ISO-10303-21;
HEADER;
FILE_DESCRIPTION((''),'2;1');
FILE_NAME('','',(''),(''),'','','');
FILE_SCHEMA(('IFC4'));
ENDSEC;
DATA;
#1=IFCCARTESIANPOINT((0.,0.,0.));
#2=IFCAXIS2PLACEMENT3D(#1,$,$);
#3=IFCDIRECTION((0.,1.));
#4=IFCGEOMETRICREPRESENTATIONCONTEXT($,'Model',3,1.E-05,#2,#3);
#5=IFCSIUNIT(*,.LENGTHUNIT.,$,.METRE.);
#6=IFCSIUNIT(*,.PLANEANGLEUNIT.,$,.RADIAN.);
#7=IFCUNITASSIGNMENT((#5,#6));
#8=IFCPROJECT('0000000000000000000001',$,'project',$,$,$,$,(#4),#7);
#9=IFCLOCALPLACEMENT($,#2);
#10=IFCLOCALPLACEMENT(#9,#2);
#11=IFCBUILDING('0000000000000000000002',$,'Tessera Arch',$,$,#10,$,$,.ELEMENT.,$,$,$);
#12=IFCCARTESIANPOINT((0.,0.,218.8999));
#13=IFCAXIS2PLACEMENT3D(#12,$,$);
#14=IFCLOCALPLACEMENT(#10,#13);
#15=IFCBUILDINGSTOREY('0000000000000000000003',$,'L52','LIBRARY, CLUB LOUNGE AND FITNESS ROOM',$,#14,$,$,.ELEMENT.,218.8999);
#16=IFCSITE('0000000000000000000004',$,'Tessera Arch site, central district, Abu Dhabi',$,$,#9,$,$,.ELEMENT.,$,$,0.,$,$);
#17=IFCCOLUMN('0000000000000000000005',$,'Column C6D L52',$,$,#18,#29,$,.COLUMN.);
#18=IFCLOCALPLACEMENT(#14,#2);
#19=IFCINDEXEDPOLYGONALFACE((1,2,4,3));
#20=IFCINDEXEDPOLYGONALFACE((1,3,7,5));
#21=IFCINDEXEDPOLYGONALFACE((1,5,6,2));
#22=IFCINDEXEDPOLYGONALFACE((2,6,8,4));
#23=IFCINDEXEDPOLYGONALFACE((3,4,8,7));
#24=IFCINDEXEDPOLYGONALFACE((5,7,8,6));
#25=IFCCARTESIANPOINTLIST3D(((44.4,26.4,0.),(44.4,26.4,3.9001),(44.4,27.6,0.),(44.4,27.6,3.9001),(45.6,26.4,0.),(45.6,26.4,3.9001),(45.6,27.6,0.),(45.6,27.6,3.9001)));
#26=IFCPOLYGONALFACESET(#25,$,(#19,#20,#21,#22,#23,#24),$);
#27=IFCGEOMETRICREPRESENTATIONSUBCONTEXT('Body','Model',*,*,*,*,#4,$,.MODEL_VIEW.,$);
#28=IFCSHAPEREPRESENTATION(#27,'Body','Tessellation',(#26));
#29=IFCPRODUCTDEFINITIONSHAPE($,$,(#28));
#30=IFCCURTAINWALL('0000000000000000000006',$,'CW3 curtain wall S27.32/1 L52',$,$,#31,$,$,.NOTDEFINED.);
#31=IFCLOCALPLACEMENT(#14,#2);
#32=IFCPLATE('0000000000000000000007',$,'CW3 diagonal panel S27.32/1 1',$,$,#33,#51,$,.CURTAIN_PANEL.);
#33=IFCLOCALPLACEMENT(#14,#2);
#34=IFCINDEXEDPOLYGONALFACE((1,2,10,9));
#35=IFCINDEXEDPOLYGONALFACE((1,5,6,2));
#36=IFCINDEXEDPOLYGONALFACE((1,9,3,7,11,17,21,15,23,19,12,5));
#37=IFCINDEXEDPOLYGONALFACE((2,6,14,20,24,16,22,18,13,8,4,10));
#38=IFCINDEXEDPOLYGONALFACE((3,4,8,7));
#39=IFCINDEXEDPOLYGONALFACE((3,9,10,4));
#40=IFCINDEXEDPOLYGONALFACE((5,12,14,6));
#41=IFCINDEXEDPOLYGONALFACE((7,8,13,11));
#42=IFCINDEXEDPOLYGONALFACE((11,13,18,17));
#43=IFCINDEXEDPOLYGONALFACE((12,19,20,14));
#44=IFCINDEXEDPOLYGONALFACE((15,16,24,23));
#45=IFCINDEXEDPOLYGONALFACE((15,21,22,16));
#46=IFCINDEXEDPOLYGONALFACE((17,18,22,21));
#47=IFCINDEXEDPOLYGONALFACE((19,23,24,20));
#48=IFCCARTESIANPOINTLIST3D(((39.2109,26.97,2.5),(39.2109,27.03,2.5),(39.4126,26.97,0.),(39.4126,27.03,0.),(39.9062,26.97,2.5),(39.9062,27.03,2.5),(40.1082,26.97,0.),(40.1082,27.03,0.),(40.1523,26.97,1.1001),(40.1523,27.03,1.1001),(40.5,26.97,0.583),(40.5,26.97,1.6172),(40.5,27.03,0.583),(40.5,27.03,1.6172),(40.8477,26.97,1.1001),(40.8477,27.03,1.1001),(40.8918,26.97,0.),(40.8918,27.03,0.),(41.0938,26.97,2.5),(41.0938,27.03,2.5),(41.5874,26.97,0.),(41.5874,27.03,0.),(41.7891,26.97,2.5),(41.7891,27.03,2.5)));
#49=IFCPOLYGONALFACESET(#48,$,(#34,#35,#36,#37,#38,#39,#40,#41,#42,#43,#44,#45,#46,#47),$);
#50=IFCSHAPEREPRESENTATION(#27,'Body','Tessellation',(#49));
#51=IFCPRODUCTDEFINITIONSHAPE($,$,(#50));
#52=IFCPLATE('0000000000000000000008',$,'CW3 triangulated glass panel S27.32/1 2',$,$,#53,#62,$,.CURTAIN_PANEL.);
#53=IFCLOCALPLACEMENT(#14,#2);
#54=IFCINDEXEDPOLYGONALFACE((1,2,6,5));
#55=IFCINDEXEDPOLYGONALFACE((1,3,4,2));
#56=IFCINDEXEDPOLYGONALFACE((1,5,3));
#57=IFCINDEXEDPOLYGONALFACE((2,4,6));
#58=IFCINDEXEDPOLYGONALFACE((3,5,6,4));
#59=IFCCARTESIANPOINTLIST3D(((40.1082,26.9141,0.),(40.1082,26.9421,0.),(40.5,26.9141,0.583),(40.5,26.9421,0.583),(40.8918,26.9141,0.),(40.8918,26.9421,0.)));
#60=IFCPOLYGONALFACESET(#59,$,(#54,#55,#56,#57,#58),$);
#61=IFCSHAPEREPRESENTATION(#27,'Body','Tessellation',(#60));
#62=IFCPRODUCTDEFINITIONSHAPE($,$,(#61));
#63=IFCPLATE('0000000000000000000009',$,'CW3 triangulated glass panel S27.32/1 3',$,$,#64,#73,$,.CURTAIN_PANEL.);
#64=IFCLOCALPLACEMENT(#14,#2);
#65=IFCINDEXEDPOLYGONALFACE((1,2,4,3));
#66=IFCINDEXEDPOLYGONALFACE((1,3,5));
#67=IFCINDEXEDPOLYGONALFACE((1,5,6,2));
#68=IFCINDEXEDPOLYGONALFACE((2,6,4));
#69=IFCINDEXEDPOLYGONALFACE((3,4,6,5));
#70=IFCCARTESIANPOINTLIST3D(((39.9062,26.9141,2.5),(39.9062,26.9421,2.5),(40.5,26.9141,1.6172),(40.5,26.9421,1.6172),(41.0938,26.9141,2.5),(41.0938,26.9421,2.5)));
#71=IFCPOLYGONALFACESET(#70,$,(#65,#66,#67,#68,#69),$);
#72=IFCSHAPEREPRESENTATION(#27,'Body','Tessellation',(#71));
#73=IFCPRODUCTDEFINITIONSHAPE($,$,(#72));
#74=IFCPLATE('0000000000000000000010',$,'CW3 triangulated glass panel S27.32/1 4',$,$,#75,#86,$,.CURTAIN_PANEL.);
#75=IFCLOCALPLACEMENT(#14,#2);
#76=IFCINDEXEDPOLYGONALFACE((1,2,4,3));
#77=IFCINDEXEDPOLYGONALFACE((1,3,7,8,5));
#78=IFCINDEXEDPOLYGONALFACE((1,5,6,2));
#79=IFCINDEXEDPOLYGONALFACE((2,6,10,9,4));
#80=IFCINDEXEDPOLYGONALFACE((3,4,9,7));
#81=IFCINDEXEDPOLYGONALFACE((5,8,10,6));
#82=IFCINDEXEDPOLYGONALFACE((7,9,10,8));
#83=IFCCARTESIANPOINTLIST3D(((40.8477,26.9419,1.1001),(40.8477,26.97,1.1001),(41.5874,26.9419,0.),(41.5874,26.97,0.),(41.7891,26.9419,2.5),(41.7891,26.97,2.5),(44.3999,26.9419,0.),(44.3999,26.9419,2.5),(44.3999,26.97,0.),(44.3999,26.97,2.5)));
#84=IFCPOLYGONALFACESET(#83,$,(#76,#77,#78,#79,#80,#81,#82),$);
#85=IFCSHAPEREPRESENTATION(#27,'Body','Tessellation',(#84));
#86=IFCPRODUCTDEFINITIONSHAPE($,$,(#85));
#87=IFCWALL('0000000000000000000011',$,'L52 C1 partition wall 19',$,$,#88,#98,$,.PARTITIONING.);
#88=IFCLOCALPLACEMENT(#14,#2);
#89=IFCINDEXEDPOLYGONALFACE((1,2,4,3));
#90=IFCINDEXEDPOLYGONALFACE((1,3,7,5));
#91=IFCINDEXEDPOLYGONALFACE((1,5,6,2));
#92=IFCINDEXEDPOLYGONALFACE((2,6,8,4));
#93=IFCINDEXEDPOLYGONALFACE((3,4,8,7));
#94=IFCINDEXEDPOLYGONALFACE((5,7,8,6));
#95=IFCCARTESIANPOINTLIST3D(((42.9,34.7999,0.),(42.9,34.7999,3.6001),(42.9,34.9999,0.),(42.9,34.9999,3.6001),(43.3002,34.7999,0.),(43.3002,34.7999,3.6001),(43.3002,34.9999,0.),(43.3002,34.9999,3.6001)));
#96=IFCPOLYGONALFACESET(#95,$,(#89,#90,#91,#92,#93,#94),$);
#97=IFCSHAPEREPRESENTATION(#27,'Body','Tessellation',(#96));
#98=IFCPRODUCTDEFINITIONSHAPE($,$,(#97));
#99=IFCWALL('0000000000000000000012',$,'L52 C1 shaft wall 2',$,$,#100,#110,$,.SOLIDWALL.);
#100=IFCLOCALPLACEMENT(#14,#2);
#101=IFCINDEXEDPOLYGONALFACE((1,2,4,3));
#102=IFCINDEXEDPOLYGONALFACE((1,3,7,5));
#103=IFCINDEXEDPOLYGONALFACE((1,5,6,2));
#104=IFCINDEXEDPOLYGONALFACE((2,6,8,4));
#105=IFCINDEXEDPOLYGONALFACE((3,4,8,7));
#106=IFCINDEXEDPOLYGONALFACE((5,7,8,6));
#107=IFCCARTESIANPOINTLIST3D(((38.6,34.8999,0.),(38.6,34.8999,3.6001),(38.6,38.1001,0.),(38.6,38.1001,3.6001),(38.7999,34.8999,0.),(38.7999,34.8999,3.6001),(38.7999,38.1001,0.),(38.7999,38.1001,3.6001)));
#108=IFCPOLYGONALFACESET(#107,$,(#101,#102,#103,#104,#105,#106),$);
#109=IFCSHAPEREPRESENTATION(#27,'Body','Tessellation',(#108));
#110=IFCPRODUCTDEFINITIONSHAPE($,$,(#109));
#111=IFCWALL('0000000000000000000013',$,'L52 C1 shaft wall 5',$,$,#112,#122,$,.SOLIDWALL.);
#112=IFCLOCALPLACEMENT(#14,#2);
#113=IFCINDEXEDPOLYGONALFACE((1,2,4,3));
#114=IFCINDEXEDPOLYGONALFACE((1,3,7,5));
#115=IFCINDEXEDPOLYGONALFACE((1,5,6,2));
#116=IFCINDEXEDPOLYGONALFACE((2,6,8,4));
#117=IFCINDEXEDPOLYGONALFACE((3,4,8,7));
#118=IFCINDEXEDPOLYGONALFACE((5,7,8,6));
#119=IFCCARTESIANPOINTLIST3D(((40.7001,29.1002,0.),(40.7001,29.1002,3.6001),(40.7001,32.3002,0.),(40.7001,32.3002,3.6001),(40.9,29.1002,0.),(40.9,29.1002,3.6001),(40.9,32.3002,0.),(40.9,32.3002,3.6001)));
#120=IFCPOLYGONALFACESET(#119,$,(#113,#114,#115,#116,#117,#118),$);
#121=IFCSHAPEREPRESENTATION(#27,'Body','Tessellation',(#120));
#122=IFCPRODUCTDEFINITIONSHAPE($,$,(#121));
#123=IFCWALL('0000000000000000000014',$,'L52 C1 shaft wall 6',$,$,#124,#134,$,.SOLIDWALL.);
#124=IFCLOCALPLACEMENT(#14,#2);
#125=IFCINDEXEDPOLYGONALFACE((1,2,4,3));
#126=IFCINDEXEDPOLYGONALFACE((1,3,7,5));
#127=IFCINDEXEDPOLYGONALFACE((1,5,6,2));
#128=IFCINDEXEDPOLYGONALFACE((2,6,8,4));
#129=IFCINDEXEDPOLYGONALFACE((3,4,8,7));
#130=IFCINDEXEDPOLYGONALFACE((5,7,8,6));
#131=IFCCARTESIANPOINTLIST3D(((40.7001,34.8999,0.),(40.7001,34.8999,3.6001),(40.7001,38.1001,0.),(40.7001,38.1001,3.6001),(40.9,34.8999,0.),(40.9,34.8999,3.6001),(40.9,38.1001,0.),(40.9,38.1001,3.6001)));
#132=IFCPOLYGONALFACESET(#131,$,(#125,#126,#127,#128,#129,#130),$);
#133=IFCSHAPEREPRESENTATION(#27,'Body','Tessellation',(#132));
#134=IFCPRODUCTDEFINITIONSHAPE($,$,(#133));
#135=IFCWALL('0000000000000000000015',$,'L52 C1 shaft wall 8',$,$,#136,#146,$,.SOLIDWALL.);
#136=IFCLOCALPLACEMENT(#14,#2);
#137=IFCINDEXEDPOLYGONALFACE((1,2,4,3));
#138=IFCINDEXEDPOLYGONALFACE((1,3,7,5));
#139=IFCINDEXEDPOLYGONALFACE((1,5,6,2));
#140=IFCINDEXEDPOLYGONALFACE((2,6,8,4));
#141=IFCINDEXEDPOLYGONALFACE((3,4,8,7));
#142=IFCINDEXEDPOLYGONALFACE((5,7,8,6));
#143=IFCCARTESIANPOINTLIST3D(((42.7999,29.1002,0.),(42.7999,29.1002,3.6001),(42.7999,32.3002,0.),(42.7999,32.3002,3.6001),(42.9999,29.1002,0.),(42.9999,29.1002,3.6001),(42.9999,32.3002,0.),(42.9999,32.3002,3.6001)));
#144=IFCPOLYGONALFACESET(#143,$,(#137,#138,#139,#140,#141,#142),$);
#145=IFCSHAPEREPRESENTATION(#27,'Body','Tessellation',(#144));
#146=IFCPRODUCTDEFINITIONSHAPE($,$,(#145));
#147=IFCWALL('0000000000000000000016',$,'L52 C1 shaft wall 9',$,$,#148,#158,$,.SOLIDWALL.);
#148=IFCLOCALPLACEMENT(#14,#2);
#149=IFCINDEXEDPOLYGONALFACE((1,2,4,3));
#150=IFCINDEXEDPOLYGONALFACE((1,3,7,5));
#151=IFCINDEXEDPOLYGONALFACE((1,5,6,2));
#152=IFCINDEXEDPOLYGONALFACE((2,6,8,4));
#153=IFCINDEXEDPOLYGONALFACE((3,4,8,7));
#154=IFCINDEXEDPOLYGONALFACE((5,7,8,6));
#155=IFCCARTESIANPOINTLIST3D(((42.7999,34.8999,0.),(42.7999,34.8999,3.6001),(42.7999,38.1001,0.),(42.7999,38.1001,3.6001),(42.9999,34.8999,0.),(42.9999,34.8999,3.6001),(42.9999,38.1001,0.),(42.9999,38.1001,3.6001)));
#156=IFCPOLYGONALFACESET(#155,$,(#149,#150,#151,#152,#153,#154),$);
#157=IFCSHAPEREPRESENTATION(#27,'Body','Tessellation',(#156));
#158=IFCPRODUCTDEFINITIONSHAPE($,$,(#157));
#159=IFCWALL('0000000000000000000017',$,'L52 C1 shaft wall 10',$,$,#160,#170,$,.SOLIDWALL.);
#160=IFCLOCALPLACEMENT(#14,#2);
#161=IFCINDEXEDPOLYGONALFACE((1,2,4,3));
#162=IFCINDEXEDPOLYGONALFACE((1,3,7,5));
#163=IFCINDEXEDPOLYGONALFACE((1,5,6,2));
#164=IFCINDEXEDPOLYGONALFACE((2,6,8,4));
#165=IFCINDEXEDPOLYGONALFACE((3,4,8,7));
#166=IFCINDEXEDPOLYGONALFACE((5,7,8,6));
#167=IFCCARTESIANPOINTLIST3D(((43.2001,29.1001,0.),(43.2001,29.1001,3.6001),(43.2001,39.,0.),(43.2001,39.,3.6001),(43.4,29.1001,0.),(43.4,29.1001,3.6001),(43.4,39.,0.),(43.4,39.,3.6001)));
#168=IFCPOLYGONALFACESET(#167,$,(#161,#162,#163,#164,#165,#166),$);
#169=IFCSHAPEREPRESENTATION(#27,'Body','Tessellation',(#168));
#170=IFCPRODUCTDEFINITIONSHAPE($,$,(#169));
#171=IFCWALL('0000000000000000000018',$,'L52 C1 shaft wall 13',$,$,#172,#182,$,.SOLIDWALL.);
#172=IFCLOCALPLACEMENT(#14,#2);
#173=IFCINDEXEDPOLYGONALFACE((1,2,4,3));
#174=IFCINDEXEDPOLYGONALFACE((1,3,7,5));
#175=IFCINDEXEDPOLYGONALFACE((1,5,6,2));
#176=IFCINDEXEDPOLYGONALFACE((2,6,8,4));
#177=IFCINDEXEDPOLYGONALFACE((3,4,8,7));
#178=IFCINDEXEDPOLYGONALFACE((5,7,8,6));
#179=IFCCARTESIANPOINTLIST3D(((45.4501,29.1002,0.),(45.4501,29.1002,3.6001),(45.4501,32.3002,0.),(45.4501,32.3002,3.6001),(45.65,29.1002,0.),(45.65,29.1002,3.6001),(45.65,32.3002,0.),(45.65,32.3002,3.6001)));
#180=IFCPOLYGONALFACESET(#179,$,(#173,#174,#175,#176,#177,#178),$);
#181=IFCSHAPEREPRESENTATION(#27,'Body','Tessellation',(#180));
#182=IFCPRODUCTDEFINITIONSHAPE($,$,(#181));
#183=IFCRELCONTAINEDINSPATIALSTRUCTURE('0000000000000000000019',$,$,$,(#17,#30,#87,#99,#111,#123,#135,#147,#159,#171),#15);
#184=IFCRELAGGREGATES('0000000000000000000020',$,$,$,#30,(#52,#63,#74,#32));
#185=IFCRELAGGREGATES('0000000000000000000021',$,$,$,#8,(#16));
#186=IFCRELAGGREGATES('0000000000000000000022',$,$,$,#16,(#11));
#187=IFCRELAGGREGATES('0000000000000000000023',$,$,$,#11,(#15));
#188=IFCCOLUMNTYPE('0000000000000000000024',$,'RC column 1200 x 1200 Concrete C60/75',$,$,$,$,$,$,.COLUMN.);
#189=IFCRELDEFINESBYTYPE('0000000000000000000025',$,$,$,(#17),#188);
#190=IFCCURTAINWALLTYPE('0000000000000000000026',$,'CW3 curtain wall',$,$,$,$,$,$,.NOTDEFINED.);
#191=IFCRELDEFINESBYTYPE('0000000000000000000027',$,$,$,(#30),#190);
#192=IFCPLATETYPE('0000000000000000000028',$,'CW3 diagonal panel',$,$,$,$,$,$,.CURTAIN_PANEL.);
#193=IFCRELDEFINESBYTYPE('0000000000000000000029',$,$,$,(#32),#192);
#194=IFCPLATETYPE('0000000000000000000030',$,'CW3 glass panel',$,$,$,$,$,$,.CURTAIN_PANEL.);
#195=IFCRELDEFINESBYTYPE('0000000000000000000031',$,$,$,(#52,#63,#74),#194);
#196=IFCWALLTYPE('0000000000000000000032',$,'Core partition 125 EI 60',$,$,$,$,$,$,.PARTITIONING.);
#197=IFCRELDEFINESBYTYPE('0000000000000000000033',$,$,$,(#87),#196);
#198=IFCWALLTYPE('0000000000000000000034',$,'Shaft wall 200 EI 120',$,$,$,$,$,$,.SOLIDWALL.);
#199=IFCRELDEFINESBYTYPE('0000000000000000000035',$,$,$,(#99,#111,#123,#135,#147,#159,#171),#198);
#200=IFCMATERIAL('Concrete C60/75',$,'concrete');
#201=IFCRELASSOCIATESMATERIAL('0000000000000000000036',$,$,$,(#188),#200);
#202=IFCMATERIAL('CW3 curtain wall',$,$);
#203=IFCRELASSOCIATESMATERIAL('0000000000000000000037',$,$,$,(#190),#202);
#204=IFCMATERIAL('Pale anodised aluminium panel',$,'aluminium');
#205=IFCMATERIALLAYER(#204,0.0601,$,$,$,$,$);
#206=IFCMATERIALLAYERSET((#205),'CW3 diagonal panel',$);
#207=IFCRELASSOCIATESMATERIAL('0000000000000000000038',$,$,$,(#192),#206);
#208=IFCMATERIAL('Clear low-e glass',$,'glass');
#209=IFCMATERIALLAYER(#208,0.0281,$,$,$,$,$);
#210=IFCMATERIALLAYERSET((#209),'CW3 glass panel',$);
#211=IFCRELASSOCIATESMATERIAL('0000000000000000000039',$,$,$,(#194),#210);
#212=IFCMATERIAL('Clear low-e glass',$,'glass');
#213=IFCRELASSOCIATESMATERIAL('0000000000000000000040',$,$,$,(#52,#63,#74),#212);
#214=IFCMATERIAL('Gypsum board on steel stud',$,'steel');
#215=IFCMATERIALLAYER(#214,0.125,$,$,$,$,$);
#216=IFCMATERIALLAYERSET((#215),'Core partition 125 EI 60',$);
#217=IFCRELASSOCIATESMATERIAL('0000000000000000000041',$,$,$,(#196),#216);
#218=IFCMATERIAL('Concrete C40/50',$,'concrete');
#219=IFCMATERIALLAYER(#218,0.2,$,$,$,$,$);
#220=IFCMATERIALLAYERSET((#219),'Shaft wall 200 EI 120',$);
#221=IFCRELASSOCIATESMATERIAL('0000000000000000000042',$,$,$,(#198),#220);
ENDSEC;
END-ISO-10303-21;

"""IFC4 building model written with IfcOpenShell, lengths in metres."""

from ifc_helpers import new_model, si_unit, direction, frame, frame_2d, origin, origin_2d, place, context, subcontext, project, spatial, polyline, rectangle, outline, extrude, material, layer, layer_set, material_profile, profile_set, type_object, element, aggregate, save


model = new_model("IFC4")

# Units and contexts
model_context = context("Model", 3, precision=1e-05, world=origin(), true_north=direction((0.0, 1.0)))
body_context = subcontext(model_context, "Body", "Model", "MODEL_VIEW")
ifc_project = project(units=[si_unit("LENGTHUNIT", "METRE"), si_unit("PLANEANGLEUNIT", "RADIAN")], contexts=[model_context])

# Site, building, storey
site_placement = place(None, origin())
site = spatial("IfcSite", under=ifc_project, at=site_placement, Name="Tessera Arch site, central district, Abu Dhabi", CompositionType="ELEMENT", RefElevation=0.0)
building_placement = place(site_placement, origin())
building = spatial("IfcBuilding", under=site, at=building_placement, Name="Tessera Arch", CompositionType="ELEMENT")
storey_placement = place(building_placement, frame((0.0, 0.0, 218.8999)))
storey = spatial("IfcBuildingStorey", under=building, at=storey_placement, Name="L52", Description="LIBRARY, CLUB LOUNGE AND FITNESS ROOM", CompositionType="ELEMENT", Elevation=218.8999)

# Column
ifc_material_1 = material(Name="Concrete C60/75", Category="concrete")
ifc_material_profile = material_profile(ifc_material_1, rectangle(XDim=1.2, YDim=1.2, at=origin_2d()), Name="RC column 1200 x 1200 Concrete C60/75")
ifc_profile_set = profile_set([ifc_material_profile], Name="Concrete C60/75")
column_type = type_object("IfcColumnType", Name="RC column 1200 x 1200 Concrete C60/75", PredefinedType="COLUMN", material=ifc_profile_set)
column_placement = place(storey_placement, frame((45.0, 27.0, 0.0), z_axis=(0.0, 0.0, 1.0), x_axis=(1.0, 0.0, 0.0)))
element("IfcColumn", 1, at=column_placement, inside=storey, type_object=column_type, Name="Column C6D L52", PredefinedType="COLUMN", context=body_context, shape_type="SweptSolid", body=[
    extrude(rectangle(XDim=1.2, YDim=1.2, at=origin_2d()), origin(), (0.0, 0.0, 1.0), 3.9001),
])

# Curtain wall, plates
ifc_material_2 = material(Name="CW3 curtain wall")
curtain_wall_type = type_object("IfcCurtainWallType", Name="CW3 curtain wall", PredefinedType="NOTDEFINED", material=ifc_material_2)
curtain_wall_placement = place(storey_placement, origin())
curtain_wall = element("IfcCurtainWall", 2, at=curtain_wall_placement, inside=storey, type_object=curtain_wall_type, Name="CW3 curtain wall S27.32/1 L52", PredefinedType="NOTDEFINED")
ifc_material_3 = material(Name="Pale anodised aluminium panel", Category="aluminium")
ifc_layer_1 = layer(ifc_material_3, 0.0601)
ifc_layer_set_1 = layer_set([ifc_layer_1], Name="CW3 diagonal panel")
plate_type_1 = type_object("IfcPlateType", Name="CW3 diagonal panel", PredefinedType="CURTAIN_PANEL", material=ifc_layer_set_1)
plate_1_placement = place(storey_placement, frame((41.7891, 26.97, 2.5), z_axis=(0.0, -1.0, 0.0), x_axis=(-1.0, 0.0, 0.0)))
plate_1 = element("IfcPlate", 3, at=plate_1_placement, type_object=plate_type_1, Name="CW3 diagonal panel S27.32/1 1", PredefinedType="CURTAIN_PANEL", context=body_context, shape_type="SweptSolid", body=[
    extrude(outline(polyline([(0.0, 0.0), (0.6953, 0.0), (1.2891, 0.8828), (1.8828, 0.0), (2.5781, 0.0), (1.6367, 1.3999), (2.3765, 2.5), (1.6809, 2.5), (1.2891, 1.917), (0.8972, 2.5), (0.2017, 2.5), (0.9414, 1.3999), (0.0, 0.0)])), origin(), (0.0, 0.0, -1.0), 0.0601),
])
ifc_material_4 = material(Name="Clear low-e glass", Category="glass")
ifc_material_5 = material(Name="Clear low-e glass", Category="glass")
ifc_layer_2 = layer(ifc_material_5, 0.0281)
ifc_layer_set_2 = layer_set([ifc_layer_2], Name="CW3 glass panel")
plate_type_2 = type_object("IfcPlateType", Name="CW3 glass panel", PredefinedType="CURTAIN_PANEL", material=ifc_layer_set_2)
plate_2_placement = place(storey_placement, frame((40.1082, 26.9141, 0.0), z_axis=(0.0, -1.0, 0.0), x_axis=(1.0, 0.0, 0.0)))
plate_2 = element("IfcPlate", 4, at=plate_2_placement, type_object=plate_type_2, material=ifc_material_4, Name="CW3 triangulated glass panel S27.32/1 2", PredefinedType="CURTAIN_PANEL", context=body_context, shape_type="SweptSolid", body=[
    extrude(outline(polyline([(0.0, 0.0), (0.7837, 0.0), (0.3918, 0.583), (0.0, 0.0)])), origin(), (0.0, 0.0, -1.0), 0.0281),
])
plate_3_placement = place(storey_placement, frame((41.0938, 26.9141, 2.5), z_axis=(0.0, -1.0, 0.0), x_axis=(-1.0, 0.0, 0.0)))
plate_3 = element("IfcPlate", 5, at=plate_3_placement, type_object=plate_type_2, material=ifc_material_4, Name="CW3 triangulated glass panel S27.32/1 3", PredefinedType="CURTAIN_PANEL", context=body_context, shape_type="SweptSolid", body=[
    extrude(outline(polyline([(0.0, 0.0), (1.1875, 0.0), (0.5938, 0.8828), (0.0, 0.0)])), origin(), (0.0, 0.0, -1.0), 0.0281),
])
plate_4_placement = place(storey_placement, frame((44.3999, 26.9419, 2.5), z_axis=(0.0, -1.0, 0.0), x_axis=(-1.0, 0.0, 0.0)))
plate_4 = element("IfcPlate", 6, at=plate_4_placement, type_object=plate_type_2, material=ifc_material_4, Name="CW3 triangulated glass panel S27.32/1 4", PredefinedType="CURTAIN_PANEL", context=body_context, shape_type="SweptSolid", body=[
    extrude(outline(polyline([(0.0, 0.0), (2.6108, 0.0), (3.5522, 1.3999), (2.8125, 2.5), (0.0, 2.5), (0.0, 0.0)])), origin(), (0.0, 0.0, -1.0), 0.0281),
])

# Walls
ifc_material_6 = material(Name="Gypsum board on steel stud", Category="steel")
ifc_layer_3 = layer(ifc_material_6, 0.125)
ifc_layer_set_3 = layer_set([ifc_layer_3], Name="Core partition 125 EI 60")
wall_type_1 = type_object("IfcWallType", Name="Core partition 125 EI 60", PredefinedType="PARTITIONING", material=ifc_layer_set_3)
wall_1_placement = place(storey_placement, frame((42.8999, 34.8999, 0.0), z_axis=(0.0, 0.0, 1.0), x_axis=(1.0, 0.0, 0.0)))
element("IfcWall", 7, at=wall_1_placement, inside=storey, type_object=wall_type_1, Name="L52 C1 partition wall 19", PredefinedType="PARTITIONING", context=body_context, shape_type="SweptSolid", body=[
    extrude(rectangle(XDim=0.4001, YDim=0.2, at=frame_2d((0.2002, 0.0))), origin(), (0.0, 0.0, 1.0), 3.6001),
])
ifc_material_7 = material(Name="Concrete C40/50", Category="concrete")
ifc_layer_4 = layer(ifc_material_7, 0.2)
ifc_layer_set_4 = layer_set([ifc_layer_4], Name="Shaft wall 200 EI 120")
wall_type_2 = type_object("IfcWallType", Name="Shaft wall 200 EI 120", PredefinedType="SOLIDWALL", material=ifc_layer_set_4)
wall_2_placement = place(storey_placement, frame((38.7, 34.8999, 0.0), z_axis=(0.0, 0.0, 1.0), x_axis=(0.0, 1.0, 0.0)))
element("IfcWall", 8, at=wall_2_placement, inside=storey, type_object=wall_type_2, Name="L52 C1 shaft wall 2", PredefinedType="SOLIDWALL", context=body_context, shape_type="SweptSolid", body=[
    extrude(rectangle(XDim=3.2002, YDim=0.2, at=frame_2d((1.6001, 0.0))), origin(), (0.0, 0.0, 1.0), 3.6001),
])
wall_3_placement = place(storey_placement, frame((40.8, 29.1001, 0.0), z_axis=(0.0, 0.0, 1.0), x_axis=(0.0, 1.0, 0.0)))
element("IfcWall", 9, at=wall_3_placement, inside=storey, type_object=wall_type_2, Name="L52 C1 shaft wall 5", PredefinedType="SOLIDWALL", context=body_context, shape_type="SweptSolid", body=[
    extrude(rectangle(XDim=3.2, YDim=0.2, at=frame_2d((1.6001, 0.0))), origin(), (0.0, 0.0, 1.0), 3.6001),
])
wall_4_placement = place(storey_placement, frame((40.8, 34.8999, 0.0), z_axis=(0.0, 0.0, 1.0), x_axis=(0.0, 1.0, 0.0)))
element("IfcWall", 10, at=wall_4_placement, inside=storey, type_object=wall_type_2, Name="L52 C1 shaft wall 6", PredefinedType="SOLIDWALL", context=body_context, shape_type="SweptSolid", body=[
    extrude(rectangle(XDim=3.2002, YDim=0.2, at=frame_2d((1.6001, 0.0))), origin(), (0.0, 0.0, 1.0), 3.6001),
])
wall_5_placement = place(storey_placement, frame((42.8999, 29.1001, 0.0), z_axis=(0.0, 0.0, 1.0), x_axis=(0.0, 1.0, 0.0)))
element("IfcWall", 11, at=wall_5_placement, inside=storey, type_object=wall_type_2, Name="L52 C1 shaft wall 8", PredefinedType="SOLIDWALL", context=body_context, shape_type="SweptSolid", body=[
    extrude(rectangle(XDim=3.2, YDim=0.2, at=frame_2d((1.6001, 0.0))), origin(), (0.0, 0.0, 1.0), 3.6001),
])
wall_6_placement = place(storey_placement, frame((42.8999, 34.8999, 0.0), z_axis=(0.0, 0.0, 1.0), x_axis=(0.0, 1.0, 0.0)))
element("IfcWall", 12, at=wall_6_placement, inside=storey, type_object=wall_type_2, Name="L52 C1 shaft wall 9", PredefinedType="SOLIDWALL", context=body_context, shape_type="SweptSolid", body=[
    extrude(rectangle(XDim=3.2002, YDim=0.2, at=frame_2d((1.6001, 0.0))), origin(), (0.0, 0.0, 1.0), 3.6001),
])
wall_7_placement = place(storey_placement, frame((43.3, 29.1001, 0.0), z_axis=(0.0, 0.0, 1.0), x_axis=(0.0, 1.0, 0.0)))
element("IfcWall", 13, at=wall_7_placement, inside=storey, type_object=wall_type_2, Name="L52 C1 shaft wall 10", PredefinedType="SOLIDWALL", context=body_context, shape_type="SweptSolid", body=[
    extrude(rectangle(XDim=9.8999, YDim=0.2, at=frame_2d((4.95, 0.0))), origin(), (0.0, 0.0, 1.0), 3.6001),
])
for number, where, z_axis, x_axis, name in (
    (14, (45.55, 29.1001, 0.0), (0.0, 0.0, 1.0), (0.0, 1.0, 0.0), "L52 C1 shaft wall 13"),
):
    element("IfcWall", number, at=place(storey_placement, frame(where, z_axis=z_axis, x_axis=x_axis)), inside=storey, type_object=wall_type_2, Name=name, PredefinedType="SOLIDWALL", context=body_context, shape_type="SweptSolid", body=[
        extrude(rectangle(XDim=3.2, YDim=0.2, at=frame_2d((1.6001, 0.0))), origin(), (0.0, 0.0, 1.0), 3.6001),
    ])

aggregate(curtain_wall, [plate_2, plate_3, plate_4, plate_1])

save(model, "model.ifc")
